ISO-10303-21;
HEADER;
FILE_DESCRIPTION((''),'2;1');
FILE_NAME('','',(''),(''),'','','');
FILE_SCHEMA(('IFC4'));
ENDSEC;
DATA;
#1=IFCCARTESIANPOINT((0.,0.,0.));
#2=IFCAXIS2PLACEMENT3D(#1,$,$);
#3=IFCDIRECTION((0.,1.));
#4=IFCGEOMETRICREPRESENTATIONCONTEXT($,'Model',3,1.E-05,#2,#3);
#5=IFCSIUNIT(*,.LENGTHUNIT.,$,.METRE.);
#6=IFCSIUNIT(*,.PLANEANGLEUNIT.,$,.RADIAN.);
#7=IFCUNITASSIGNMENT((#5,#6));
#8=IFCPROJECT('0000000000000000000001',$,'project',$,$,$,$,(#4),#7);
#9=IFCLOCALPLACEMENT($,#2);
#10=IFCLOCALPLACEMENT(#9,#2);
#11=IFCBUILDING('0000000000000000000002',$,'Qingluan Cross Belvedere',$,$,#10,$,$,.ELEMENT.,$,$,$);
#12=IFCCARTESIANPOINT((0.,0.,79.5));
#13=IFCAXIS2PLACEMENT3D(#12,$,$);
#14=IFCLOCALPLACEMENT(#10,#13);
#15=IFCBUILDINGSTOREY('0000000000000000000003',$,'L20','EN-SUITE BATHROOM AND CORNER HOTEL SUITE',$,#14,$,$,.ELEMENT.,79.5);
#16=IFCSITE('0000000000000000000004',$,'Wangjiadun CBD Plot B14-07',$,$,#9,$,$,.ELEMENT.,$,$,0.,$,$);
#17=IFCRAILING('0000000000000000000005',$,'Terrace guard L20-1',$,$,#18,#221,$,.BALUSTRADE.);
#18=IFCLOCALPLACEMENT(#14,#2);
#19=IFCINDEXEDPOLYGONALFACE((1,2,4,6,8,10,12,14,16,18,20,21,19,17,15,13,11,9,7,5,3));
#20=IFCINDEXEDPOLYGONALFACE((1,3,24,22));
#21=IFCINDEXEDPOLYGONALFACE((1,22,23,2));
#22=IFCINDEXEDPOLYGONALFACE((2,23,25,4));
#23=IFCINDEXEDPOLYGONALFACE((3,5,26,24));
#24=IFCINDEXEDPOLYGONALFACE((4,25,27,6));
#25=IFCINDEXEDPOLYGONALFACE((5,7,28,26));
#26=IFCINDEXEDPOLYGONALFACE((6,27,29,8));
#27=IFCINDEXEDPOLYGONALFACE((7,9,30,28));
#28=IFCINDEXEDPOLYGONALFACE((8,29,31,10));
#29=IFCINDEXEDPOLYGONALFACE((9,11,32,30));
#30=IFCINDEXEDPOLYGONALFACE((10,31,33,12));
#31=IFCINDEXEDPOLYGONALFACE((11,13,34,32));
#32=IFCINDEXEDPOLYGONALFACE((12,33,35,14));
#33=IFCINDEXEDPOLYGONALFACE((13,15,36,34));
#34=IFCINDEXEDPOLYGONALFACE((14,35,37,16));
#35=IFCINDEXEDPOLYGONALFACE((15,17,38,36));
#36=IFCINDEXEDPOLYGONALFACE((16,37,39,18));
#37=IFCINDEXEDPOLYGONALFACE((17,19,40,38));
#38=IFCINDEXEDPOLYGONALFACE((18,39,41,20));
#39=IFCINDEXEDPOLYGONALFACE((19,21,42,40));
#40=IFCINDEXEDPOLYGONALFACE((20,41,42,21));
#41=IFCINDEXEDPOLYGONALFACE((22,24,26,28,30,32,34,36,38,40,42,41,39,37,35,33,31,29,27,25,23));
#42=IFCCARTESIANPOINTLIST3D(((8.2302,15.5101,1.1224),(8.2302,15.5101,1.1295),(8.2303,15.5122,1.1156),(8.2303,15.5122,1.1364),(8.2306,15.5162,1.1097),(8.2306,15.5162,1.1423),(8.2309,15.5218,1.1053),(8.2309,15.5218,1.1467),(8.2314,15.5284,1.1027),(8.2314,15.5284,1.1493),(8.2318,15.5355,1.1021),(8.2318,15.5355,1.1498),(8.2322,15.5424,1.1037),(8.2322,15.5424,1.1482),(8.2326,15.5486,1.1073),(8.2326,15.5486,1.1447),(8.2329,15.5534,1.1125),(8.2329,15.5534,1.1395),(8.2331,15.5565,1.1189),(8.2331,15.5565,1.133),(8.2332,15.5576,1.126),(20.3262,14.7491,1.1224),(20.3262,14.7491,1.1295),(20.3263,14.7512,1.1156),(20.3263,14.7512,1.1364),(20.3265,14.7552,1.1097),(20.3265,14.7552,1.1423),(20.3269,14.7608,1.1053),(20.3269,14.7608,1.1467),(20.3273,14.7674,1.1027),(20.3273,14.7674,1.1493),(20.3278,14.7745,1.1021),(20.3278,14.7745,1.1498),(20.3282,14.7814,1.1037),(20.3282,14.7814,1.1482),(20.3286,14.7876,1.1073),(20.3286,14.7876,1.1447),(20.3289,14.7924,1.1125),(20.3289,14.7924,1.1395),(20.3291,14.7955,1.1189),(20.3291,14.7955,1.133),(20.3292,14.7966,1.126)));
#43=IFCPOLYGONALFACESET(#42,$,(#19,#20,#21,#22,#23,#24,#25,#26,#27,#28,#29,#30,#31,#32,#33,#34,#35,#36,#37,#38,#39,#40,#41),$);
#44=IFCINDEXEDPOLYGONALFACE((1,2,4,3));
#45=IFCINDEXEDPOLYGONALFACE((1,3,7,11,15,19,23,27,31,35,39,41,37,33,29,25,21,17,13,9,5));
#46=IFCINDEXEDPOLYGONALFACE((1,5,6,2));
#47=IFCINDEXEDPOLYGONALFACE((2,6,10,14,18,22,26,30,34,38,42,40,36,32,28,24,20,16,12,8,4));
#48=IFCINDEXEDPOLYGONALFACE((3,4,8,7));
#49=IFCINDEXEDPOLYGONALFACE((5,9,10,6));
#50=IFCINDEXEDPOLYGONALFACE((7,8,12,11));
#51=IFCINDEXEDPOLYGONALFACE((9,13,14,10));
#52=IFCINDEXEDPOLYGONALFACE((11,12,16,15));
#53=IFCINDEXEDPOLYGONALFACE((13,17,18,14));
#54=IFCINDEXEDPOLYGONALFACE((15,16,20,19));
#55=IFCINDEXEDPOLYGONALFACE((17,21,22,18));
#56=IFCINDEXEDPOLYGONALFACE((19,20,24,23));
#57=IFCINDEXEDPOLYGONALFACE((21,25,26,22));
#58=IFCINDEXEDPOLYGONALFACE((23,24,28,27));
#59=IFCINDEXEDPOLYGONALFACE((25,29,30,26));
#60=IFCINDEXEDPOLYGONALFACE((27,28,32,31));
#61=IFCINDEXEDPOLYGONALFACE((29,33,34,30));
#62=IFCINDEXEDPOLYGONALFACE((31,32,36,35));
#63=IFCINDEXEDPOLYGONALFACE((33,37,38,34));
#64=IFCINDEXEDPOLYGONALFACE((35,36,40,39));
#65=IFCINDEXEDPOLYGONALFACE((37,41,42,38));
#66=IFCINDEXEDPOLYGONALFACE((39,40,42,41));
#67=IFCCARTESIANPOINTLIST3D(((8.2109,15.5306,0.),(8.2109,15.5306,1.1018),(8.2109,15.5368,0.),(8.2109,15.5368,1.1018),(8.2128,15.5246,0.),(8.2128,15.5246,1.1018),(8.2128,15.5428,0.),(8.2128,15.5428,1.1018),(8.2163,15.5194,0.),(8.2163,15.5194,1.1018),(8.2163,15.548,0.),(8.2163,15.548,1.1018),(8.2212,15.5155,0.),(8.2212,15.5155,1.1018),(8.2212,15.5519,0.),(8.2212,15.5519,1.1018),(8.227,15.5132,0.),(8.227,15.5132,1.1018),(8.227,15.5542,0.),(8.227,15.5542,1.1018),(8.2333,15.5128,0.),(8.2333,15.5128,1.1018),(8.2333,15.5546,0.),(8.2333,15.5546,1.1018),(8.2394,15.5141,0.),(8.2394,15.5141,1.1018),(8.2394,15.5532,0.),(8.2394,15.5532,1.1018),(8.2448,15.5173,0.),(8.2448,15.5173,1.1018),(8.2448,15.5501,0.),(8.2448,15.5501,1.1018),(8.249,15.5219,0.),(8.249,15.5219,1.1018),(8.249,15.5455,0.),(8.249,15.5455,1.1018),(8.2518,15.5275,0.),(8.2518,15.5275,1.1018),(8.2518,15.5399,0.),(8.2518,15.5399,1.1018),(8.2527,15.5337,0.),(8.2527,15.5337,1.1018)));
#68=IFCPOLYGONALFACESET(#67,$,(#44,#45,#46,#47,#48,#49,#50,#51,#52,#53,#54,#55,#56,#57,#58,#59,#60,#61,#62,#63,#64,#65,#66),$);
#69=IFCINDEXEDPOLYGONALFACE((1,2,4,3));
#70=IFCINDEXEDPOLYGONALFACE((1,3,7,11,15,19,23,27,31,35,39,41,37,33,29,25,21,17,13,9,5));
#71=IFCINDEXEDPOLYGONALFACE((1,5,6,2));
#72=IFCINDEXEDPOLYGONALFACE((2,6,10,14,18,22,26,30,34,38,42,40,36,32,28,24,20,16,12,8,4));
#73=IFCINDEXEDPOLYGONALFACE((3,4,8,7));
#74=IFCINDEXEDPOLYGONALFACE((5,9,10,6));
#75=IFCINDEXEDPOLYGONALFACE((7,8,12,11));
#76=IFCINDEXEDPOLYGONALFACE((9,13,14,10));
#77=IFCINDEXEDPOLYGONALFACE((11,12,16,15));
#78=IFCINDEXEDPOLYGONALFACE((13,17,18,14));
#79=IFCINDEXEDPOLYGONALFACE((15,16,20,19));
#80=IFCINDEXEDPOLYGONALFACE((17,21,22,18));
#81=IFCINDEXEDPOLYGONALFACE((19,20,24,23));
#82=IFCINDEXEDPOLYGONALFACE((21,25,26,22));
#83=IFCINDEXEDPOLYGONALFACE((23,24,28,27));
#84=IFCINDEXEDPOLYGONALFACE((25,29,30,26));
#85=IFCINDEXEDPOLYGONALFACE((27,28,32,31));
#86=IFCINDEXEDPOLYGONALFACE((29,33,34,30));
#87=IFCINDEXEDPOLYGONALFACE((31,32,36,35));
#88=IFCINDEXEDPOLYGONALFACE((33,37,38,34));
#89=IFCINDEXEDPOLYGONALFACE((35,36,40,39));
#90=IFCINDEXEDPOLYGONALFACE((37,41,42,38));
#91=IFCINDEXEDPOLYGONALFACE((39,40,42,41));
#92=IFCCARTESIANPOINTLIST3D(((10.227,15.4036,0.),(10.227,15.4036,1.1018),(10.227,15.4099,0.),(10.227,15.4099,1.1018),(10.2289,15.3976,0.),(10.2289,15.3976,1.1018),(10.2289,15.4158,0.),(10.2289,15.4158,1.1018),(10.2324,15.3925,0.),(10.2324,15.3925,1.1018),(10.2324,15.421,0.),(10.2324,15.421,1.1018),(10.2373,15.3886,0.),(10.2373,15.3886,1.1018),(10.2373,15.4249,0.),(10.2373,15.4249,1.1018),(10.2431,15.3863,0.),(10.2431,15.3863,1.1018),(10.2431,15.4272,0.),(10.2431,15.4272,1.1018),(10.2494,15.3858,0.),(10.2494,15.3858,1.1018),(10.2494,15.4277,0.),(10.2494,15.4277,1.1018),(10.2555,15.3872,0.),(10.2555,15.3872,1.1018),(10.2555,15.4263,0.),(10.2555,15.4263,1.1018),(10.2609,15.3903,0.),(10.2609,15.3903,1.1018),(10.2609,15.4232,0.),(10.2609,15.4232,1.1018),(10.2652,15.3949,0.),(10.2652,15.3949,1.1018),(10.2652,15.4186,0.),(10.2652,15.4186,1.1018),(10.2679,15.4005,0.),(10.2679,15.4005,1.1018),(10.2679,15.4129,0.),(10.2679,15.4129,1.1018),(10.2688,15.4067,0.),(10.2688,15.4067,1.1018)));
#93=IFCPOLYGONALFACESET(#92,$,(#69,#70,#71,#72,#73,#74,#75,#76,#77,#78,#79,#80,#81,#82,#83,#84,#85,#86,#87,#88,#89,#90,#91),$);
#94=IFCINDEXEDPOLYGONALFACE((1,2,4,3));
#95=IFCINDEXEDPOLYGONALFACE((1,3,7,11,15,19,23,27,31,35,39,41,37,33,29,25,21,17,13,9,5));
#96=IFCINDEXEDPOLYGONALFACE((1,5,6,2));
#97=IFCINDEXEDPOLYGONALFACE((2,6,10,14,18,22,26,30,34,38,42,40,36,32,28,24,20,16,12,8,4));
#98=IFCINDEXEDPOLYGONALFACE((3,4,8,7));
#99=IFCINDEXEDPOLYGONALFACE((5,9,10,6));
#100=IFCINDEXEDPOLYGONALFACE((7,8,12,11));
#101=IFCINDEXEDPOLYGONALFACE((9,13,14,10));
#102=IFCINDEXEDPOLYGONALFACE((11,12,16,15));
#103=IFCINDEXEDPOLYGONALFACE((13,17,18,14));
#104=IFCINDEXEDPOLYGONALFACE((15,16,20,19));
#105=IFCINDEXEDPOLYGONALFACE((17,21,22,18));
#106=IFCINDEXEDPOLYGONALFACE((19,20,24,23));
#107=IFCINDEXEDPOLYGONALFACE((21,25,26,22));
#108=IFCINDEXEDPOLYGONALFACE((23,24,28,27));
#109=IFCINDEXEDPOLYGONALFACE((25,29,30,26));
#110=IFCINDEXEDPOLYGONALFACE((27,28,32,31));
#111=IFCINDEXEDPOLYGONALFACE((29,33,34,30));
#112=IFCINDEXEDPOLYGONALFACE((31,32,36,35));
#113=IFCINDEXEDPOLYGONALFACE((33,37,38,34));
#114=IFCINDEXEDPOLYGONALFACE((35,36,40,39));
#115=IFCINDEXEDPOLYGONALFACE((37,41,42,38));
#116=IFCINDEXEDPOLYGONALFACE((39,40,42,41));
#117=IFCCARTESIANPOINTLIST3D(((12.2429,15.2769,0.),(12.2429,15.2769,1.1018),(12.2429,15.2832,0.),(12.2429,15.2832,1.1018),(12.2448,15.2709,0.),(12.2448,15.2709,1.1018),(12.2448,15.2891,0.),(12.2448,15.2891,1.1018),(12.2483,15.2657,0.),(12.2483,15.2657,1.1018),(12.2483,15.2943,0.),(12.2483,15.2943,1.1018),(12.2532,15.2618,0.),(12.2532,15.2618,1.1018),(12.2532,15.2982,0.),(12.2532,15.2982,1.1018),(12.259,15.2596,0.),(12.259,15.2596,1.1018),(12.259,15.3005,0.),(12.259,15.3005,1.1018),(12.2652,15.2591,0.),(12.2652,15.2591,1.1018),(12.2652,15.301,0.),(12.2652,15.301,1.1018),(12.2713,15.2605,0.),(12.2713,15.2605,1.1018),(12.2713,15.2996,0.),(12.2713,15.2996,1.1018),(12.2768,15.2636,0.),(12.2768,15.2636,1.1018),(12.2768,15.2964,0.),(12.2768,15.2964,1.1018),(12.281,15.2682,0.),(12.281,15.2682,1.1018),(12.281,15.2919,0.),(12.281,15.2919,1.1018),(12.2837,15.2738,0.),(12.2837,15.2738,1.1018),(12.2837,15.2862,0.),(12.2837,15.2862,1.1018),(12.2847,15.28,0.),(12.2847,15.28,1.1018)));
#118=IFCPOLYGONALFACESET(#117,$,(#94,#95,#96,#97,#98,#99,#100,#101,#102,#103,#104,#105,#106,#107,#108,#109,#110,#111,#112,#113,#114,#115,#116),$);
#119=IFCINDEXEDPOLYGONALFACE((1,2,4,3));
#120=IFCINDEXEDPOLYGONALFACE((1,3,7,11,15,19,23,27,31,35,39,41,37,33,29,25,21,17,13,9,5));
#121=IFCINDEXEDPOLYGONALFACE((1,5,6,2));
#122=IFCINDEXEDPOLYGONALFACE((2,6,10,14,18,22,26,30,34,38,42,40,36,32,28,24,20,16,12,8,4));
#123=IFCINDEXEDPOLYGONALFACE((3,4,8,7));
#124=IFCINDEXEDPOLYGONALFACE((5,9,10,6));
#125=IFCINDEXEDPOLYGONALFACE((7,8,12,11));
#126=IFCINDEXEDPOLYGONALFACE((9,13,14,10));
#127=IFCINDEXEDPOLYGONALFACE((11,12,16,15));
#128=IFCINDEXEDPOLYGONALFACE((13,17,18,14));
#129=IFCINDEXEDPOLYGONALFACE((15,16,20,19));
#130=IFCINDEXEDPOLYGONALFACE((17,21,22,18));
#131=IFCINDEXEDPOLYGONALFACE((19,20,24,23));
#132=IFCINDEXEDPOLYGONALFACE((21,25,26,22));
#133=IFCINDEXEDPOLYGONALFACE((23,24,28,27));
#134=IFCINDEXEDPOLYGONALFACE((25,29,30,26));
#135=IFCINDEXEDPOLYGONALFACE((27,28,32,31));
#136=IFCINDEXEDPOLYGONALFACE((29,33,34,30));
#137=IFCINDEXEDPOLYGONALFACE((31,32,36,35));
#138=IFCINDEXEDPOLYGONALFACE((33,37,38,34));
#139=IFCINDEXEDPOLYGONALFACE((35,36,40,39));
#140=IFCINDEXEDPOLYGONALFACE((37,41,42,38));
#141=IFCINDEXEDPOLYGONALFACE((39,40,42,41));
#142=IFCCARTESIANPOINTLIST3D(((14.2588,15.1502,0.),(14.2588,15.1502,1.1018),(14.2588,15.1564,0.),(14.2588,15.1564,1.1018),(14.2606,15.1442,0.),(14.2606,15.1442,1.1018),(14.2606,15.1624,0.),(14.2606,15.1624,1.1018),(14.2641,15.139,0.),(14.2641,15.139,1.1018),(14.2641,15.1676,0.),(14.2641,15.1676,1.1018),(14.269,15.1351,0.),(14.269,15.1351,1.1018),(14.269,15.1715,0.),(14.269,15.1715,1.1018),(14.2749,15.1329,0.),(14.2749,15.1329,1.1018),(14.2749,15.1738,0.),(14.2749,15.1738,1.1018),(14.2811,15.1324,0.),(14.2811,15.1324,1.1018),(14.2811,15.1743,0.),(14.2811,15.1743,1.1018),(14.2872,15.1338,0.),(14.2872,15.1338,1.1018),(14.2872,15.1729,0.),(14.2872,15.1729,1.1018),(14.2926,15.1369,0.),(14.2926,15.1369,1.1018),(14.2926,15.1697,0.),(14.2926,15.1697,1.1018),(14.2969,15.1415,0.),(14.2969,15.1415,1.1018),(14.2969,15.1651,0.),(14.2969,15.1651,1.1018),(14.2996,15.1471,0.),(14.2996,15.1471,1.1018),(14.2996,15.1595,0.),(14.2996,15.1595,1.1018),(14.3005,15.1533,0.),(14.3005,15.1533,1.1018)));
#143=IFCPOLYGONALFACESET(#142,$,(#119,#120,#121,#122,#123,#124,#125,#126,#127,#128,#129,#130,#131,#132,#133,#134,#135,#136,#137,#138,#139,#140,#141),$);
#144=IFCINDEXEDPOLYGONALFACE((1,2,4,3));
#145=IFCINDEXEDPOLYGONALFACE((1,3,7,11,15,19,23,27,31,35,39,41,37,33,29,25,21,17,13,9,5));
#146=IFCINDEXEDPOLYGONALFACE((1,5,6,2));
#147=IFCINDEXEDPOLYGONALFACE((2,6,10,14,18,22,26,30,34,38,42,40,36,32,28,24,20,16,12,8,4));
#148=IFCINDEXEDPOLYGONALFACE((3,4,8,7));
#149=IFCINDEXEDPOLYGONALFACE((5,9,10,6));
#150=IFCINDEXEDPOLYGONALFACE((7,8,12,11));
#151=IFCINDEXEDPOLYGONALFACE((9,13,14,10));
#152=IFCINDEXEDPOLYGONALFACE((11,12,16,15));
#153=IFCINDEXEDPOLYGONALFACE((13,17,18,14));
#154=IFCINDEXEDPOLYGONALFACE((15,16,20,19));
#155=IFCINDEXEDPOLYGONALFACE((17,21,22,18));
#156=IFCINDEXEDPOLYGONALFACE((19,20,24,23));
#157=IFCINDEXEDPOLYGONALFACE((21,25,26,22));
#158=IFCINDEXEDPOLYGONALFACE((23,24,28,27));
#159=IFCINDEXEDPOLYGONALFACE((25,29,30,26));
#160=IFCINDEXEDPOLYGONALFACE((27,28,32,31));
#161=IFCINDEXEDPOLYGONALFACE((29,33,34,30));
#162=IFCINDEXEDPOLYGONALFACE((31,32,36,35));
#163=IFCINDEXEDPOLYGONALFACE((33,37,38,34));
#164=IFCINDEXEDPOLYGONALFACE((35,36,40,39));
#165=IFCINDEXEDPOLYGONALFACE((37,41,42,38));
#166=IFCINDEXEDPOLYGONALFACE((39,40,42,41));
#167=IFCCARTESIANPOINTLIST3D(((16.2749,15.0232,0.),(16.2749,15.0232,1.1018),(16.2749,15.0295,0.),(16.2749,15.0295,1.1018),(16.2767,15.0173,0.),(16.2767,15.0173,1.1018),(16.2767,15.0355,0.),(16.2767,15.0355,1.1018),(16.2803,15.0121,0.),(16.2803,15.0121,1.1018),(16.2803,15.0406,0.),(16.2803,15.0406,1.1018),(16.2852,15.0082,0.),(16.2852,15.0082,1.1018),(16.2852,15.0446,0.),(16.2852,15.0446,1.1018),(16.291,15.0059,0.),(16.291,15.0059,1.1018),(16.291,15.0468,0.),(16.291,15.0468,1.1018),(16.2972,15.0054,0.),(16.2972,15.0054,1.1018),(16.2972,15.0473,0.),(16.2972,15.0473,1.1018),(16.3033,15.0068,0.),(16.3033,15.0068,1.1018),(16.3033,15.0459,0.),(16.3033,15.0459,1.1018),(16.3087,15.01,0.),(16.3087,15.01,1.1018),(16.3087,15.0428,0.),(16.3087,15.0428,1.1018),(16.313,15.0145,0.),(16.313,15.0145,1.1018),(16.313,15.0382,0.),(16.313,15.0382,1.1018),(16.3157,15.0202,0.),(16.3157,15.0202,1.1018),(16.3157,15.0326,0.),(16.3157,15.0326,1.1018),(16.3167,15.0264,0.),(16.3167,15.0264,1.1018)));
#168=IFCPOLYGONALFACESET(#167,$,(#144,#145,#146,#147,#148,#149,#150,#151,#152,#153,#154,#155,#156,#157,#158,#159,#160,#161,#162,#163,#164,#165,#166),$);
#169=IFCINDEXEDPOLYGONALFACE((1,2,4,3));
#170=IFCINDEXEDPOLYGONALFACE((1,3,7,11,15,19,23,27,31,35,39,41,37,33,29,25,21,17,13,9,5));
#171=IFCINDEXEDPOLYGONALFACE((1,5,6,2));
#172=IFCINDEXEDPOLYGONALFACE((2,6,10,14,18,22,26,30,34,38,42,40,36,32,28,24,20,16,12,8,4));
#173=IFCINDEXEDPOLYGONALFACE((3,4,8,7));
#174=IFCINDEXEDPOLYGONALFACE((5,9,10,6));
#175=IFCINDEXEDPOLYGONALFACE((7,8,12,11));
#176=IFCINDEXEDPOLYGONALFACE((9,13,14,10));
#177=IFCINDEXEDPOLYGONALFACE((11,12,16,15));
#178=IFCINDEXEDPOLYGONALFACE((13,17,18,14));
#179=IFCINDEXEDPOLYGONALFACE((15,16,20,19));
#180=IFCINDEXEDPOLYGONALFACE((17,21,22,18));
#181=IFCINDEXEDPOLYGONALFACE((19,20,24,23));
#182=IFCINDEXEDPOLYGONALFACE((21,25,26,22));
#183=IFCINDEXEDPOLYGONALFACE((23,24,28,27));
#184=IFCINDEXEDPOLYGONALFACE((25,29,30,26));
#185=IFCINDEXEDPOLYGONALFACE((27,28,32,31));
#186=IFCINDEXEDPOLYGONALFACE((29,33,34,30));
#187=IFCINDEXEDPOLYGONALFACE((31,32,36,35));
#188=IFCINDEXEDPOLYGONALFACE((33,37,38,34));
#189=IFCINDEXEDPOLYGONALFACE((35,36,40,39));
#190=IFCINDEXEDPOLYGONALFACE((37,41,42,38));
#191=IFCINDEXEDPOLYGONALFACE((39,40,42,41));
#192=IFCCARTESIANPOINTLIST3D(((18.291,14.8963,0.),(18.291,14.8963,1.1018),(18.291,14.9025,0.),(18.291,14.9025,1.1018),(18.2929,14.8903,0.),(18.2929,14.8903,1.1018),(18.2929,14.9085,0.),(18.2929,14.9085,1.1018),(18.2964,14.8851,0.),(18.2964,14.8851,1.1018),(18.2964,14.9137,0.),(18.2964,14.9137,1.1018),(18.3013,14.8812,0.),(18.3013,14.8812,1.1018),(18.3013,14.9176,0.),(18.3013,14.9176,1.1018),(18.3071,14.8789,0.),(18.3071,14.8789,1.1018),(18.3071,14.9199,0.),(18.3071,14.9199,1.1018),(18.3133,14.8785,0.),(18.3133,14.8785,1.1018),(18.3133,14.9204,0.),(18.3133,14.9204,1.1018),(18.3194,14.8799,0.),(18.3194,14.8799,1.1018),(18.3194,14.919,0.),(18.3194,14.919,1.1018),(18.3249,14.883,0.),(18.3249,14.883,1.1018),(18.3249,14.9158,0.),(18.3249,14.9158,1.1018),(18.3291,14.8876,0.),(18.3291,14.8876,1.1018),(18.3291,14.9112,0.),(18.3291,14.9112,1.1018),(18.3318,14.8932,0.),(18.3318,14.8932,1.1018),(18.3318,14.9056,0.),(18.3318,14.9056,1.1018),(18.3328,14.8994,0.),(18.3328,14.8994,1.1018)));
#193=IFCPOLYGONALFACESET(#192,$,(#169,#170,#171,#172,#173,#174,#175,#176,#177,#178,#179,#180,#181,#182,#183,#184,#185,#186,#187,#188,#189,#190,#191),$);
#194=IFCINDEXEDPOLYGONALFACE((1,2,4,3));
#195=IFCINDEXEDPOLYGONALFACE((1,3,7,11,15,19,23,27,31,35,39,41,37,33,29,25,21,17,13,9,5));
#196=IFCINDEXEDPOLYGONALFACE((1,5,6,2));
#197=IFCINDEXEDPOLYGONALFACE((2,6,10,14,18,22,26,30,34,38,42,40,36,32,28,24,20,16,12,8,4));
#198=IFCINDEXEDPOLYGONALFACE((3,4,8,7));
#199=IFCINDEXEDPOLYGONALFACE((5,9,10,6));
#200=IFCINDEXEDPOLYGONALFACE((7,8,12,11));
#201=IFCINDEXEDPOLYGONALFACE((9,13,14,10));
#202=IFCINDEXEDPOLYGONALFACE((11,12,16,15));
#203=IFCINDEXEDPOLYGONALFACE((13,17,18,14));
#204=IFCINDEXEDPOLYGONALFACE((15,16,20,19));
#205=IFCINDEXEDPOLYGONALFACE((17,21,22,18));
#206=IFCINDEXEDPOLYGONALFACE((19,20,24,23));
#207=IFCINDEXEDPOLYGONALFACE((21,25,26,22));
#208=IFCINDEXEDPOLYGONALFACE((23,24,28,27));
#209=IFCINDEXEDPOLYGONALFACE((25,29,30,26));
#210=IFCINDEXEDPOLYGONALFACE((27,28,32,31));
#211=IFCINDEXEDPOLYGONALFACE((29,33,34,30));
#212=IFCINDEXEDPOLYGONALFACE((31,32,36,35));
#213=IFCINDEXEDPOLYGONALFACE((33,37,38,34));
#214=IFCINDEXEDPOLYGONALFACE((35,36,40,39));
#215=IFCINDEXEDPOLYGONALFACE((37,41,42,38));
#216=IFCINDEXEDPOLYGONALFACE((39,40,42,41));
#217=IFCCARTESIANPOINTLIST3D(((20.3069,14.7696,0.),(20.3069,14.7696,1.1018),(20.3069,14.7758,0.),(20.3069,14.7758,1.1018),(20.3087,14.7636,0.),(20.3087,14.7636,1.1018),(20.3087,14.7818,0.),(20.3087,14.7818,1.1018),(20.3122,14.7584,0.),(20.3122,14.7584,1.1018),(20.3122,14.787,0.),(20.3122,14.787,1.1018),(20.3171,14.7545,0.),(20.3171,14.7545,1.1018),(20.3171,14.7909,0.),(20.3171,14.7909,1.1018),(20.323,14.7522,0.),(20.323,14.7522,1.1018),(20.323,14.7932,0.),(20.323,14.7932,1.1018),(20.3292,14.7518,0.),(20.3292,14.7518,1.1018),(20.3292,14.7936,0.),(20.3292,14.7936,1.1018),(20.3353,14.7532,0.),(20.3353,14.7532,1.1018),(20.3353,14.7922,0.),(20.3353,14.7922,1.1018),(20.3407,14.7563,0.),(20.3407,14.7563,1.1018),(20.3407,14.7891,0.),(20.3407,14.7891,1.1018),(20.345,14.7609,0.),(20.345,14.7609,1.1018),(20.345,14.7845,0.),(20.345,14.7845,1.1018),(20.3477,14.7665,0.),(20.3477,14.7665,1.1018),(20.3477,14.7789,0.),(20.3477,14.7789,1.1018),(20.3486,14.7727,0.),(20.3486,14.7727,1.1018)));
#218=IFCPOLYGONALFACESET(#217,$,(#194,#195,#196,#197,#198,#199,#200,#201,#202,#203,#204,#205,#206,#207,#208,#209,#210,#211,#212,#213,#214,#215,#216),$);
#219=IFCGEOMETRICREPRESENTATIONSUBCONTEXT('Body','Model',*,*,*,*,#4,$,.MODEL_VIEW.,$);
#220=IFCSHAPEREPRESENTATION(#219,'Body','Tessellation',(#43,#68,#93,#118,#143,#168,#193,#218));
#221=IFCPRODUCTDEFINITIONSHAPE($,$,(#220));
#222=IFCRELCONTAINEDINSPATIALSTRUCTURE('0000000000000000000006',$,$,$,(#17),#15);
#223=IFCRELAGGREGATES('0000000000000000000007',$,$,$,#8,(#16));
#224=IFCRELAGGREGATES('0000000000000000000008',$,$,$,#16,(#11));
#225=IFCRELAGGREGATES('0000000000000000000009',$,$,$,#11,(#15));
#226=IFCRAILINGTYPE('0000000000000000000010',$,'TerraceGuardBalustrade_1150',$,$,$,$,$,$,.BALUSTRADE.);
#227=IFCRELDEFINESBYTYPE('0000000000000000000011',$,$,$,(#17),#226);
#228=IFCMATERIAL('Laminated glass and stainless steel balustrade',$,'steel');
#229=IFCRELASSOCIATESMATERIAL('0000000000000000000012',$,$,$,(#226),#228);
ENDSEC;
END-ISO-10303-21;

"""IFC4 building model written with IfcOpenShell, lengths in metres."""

from ifc_helpers import new_model, si_unit, direction, frame, origin, origin_2d, place, context, subcontext, project, spatial, circle, extrude, material, type_object, element, save


model = new_model("IFC4")

# Units and contexts
model_context = context("Model", 3, precision=1e-05, world=origin(), true_north=direction((0.0, 1.0)))
body_context = subcontext(model_context, "Body", "Model", "MODEL_VIEW")
ifc_project = project(units=[si_unit("LENGTHUNIT", "METRE"), si_unit("PLANEANGLEUNIT", "RADIAN")], contexts=[model_context])

# Site, building, storey
site_placement = place(None, origin())
site = spatial("IfcSite", under=ifc_project, at=site_placement, Name="Wangjiadun CBD Plot B14-07", CompositionType="ELEMENT", RefElevation=0.0)
building_placement = place(site_placement, origin())
building = spatial("IfcBuilding", under=site, at=building_placement, Name="Qingluan Cross Belvedere", CompositionType="ELEMENT")
storey_placement = place(building_placement, frame((0.0, 0.0, 79.5)))
storey = spatial("IfcBuildingStorey", under=building, at=storey_placement, Name="L20", Description="EN-SUITE BATHROOM AND CORNER HOTEL SUITE", CompositionType="ELEMENT", Elevation=79.5)

# Railing
ifc_material_1 = material(Name="Laminated glass and stainless steel balustrade", Category="steel")
railing_type = type_object("IfcRailingType", Name="TerraceGuardBalustrade_1150", PredefinedType="BALUSTRADE", material=ifc_material_1)
railing_1_placement = place(storey_placement, frame((8.2317, 15.5337, 0.0)))
element("IfcRailing", 1, at=railing_1_placement, inside=storey, type_object=railing_type, Name="Terrace guard L20-1", PredefinedType="BALUSTRADE", context=body_context, shape_type="SweptSolid", body=[
    extrude(circle(Radius=0.0239, at=origin_2d()), frame((0.0, 0.0, 1.126), z_axis=(0.998027, -0.062788, 0.0), x_axis=(0.062788, 0.998027, 0.0)), (0.0, 0.0, 1.0), 12.1199),
    extrude(circle(Radius=0.021, at=origin_2d()), origin(), (0.0, 0.0, 1.0), 1.1018),
    extrude(circle(Radius=0.021, at=origin_2d()), frame((2.0161, -0.127, 0.0)), (0.0, 0.0, 1.0), 1.1018),
    extrude(circle(Radius=0.021, at=origin_2d()), frame((4.032, -0.2537, 0.0)), (0.0, 0.0, 1.0), 1.1018),
    extrude(circle(Radius=0.021, at=origin_2d()), frame((6.0479, -0.3804, 0.0)), (0.0, 0.0, 1.0), 1.1018),
    extrude(circle(Radius=0.021, at=origin_2d()), frame((8.064, -0.5073, 0.0)), (0.0, 0.0, 1.0), 1.1018),
    extrude(circle(Radius=0.021, at=origin_2d()), frame((10.0801, -0.6343, 0.0)), (0.0, 0.0, 1.0), 1.1018),
    extrude(circle(Radius=0.021, at=origin_2d()), frame((12.0959, -0.761, 0.0)), (0.0, 0.0, 1.0), 1.1018),
])

save(model, "model.ifc")
